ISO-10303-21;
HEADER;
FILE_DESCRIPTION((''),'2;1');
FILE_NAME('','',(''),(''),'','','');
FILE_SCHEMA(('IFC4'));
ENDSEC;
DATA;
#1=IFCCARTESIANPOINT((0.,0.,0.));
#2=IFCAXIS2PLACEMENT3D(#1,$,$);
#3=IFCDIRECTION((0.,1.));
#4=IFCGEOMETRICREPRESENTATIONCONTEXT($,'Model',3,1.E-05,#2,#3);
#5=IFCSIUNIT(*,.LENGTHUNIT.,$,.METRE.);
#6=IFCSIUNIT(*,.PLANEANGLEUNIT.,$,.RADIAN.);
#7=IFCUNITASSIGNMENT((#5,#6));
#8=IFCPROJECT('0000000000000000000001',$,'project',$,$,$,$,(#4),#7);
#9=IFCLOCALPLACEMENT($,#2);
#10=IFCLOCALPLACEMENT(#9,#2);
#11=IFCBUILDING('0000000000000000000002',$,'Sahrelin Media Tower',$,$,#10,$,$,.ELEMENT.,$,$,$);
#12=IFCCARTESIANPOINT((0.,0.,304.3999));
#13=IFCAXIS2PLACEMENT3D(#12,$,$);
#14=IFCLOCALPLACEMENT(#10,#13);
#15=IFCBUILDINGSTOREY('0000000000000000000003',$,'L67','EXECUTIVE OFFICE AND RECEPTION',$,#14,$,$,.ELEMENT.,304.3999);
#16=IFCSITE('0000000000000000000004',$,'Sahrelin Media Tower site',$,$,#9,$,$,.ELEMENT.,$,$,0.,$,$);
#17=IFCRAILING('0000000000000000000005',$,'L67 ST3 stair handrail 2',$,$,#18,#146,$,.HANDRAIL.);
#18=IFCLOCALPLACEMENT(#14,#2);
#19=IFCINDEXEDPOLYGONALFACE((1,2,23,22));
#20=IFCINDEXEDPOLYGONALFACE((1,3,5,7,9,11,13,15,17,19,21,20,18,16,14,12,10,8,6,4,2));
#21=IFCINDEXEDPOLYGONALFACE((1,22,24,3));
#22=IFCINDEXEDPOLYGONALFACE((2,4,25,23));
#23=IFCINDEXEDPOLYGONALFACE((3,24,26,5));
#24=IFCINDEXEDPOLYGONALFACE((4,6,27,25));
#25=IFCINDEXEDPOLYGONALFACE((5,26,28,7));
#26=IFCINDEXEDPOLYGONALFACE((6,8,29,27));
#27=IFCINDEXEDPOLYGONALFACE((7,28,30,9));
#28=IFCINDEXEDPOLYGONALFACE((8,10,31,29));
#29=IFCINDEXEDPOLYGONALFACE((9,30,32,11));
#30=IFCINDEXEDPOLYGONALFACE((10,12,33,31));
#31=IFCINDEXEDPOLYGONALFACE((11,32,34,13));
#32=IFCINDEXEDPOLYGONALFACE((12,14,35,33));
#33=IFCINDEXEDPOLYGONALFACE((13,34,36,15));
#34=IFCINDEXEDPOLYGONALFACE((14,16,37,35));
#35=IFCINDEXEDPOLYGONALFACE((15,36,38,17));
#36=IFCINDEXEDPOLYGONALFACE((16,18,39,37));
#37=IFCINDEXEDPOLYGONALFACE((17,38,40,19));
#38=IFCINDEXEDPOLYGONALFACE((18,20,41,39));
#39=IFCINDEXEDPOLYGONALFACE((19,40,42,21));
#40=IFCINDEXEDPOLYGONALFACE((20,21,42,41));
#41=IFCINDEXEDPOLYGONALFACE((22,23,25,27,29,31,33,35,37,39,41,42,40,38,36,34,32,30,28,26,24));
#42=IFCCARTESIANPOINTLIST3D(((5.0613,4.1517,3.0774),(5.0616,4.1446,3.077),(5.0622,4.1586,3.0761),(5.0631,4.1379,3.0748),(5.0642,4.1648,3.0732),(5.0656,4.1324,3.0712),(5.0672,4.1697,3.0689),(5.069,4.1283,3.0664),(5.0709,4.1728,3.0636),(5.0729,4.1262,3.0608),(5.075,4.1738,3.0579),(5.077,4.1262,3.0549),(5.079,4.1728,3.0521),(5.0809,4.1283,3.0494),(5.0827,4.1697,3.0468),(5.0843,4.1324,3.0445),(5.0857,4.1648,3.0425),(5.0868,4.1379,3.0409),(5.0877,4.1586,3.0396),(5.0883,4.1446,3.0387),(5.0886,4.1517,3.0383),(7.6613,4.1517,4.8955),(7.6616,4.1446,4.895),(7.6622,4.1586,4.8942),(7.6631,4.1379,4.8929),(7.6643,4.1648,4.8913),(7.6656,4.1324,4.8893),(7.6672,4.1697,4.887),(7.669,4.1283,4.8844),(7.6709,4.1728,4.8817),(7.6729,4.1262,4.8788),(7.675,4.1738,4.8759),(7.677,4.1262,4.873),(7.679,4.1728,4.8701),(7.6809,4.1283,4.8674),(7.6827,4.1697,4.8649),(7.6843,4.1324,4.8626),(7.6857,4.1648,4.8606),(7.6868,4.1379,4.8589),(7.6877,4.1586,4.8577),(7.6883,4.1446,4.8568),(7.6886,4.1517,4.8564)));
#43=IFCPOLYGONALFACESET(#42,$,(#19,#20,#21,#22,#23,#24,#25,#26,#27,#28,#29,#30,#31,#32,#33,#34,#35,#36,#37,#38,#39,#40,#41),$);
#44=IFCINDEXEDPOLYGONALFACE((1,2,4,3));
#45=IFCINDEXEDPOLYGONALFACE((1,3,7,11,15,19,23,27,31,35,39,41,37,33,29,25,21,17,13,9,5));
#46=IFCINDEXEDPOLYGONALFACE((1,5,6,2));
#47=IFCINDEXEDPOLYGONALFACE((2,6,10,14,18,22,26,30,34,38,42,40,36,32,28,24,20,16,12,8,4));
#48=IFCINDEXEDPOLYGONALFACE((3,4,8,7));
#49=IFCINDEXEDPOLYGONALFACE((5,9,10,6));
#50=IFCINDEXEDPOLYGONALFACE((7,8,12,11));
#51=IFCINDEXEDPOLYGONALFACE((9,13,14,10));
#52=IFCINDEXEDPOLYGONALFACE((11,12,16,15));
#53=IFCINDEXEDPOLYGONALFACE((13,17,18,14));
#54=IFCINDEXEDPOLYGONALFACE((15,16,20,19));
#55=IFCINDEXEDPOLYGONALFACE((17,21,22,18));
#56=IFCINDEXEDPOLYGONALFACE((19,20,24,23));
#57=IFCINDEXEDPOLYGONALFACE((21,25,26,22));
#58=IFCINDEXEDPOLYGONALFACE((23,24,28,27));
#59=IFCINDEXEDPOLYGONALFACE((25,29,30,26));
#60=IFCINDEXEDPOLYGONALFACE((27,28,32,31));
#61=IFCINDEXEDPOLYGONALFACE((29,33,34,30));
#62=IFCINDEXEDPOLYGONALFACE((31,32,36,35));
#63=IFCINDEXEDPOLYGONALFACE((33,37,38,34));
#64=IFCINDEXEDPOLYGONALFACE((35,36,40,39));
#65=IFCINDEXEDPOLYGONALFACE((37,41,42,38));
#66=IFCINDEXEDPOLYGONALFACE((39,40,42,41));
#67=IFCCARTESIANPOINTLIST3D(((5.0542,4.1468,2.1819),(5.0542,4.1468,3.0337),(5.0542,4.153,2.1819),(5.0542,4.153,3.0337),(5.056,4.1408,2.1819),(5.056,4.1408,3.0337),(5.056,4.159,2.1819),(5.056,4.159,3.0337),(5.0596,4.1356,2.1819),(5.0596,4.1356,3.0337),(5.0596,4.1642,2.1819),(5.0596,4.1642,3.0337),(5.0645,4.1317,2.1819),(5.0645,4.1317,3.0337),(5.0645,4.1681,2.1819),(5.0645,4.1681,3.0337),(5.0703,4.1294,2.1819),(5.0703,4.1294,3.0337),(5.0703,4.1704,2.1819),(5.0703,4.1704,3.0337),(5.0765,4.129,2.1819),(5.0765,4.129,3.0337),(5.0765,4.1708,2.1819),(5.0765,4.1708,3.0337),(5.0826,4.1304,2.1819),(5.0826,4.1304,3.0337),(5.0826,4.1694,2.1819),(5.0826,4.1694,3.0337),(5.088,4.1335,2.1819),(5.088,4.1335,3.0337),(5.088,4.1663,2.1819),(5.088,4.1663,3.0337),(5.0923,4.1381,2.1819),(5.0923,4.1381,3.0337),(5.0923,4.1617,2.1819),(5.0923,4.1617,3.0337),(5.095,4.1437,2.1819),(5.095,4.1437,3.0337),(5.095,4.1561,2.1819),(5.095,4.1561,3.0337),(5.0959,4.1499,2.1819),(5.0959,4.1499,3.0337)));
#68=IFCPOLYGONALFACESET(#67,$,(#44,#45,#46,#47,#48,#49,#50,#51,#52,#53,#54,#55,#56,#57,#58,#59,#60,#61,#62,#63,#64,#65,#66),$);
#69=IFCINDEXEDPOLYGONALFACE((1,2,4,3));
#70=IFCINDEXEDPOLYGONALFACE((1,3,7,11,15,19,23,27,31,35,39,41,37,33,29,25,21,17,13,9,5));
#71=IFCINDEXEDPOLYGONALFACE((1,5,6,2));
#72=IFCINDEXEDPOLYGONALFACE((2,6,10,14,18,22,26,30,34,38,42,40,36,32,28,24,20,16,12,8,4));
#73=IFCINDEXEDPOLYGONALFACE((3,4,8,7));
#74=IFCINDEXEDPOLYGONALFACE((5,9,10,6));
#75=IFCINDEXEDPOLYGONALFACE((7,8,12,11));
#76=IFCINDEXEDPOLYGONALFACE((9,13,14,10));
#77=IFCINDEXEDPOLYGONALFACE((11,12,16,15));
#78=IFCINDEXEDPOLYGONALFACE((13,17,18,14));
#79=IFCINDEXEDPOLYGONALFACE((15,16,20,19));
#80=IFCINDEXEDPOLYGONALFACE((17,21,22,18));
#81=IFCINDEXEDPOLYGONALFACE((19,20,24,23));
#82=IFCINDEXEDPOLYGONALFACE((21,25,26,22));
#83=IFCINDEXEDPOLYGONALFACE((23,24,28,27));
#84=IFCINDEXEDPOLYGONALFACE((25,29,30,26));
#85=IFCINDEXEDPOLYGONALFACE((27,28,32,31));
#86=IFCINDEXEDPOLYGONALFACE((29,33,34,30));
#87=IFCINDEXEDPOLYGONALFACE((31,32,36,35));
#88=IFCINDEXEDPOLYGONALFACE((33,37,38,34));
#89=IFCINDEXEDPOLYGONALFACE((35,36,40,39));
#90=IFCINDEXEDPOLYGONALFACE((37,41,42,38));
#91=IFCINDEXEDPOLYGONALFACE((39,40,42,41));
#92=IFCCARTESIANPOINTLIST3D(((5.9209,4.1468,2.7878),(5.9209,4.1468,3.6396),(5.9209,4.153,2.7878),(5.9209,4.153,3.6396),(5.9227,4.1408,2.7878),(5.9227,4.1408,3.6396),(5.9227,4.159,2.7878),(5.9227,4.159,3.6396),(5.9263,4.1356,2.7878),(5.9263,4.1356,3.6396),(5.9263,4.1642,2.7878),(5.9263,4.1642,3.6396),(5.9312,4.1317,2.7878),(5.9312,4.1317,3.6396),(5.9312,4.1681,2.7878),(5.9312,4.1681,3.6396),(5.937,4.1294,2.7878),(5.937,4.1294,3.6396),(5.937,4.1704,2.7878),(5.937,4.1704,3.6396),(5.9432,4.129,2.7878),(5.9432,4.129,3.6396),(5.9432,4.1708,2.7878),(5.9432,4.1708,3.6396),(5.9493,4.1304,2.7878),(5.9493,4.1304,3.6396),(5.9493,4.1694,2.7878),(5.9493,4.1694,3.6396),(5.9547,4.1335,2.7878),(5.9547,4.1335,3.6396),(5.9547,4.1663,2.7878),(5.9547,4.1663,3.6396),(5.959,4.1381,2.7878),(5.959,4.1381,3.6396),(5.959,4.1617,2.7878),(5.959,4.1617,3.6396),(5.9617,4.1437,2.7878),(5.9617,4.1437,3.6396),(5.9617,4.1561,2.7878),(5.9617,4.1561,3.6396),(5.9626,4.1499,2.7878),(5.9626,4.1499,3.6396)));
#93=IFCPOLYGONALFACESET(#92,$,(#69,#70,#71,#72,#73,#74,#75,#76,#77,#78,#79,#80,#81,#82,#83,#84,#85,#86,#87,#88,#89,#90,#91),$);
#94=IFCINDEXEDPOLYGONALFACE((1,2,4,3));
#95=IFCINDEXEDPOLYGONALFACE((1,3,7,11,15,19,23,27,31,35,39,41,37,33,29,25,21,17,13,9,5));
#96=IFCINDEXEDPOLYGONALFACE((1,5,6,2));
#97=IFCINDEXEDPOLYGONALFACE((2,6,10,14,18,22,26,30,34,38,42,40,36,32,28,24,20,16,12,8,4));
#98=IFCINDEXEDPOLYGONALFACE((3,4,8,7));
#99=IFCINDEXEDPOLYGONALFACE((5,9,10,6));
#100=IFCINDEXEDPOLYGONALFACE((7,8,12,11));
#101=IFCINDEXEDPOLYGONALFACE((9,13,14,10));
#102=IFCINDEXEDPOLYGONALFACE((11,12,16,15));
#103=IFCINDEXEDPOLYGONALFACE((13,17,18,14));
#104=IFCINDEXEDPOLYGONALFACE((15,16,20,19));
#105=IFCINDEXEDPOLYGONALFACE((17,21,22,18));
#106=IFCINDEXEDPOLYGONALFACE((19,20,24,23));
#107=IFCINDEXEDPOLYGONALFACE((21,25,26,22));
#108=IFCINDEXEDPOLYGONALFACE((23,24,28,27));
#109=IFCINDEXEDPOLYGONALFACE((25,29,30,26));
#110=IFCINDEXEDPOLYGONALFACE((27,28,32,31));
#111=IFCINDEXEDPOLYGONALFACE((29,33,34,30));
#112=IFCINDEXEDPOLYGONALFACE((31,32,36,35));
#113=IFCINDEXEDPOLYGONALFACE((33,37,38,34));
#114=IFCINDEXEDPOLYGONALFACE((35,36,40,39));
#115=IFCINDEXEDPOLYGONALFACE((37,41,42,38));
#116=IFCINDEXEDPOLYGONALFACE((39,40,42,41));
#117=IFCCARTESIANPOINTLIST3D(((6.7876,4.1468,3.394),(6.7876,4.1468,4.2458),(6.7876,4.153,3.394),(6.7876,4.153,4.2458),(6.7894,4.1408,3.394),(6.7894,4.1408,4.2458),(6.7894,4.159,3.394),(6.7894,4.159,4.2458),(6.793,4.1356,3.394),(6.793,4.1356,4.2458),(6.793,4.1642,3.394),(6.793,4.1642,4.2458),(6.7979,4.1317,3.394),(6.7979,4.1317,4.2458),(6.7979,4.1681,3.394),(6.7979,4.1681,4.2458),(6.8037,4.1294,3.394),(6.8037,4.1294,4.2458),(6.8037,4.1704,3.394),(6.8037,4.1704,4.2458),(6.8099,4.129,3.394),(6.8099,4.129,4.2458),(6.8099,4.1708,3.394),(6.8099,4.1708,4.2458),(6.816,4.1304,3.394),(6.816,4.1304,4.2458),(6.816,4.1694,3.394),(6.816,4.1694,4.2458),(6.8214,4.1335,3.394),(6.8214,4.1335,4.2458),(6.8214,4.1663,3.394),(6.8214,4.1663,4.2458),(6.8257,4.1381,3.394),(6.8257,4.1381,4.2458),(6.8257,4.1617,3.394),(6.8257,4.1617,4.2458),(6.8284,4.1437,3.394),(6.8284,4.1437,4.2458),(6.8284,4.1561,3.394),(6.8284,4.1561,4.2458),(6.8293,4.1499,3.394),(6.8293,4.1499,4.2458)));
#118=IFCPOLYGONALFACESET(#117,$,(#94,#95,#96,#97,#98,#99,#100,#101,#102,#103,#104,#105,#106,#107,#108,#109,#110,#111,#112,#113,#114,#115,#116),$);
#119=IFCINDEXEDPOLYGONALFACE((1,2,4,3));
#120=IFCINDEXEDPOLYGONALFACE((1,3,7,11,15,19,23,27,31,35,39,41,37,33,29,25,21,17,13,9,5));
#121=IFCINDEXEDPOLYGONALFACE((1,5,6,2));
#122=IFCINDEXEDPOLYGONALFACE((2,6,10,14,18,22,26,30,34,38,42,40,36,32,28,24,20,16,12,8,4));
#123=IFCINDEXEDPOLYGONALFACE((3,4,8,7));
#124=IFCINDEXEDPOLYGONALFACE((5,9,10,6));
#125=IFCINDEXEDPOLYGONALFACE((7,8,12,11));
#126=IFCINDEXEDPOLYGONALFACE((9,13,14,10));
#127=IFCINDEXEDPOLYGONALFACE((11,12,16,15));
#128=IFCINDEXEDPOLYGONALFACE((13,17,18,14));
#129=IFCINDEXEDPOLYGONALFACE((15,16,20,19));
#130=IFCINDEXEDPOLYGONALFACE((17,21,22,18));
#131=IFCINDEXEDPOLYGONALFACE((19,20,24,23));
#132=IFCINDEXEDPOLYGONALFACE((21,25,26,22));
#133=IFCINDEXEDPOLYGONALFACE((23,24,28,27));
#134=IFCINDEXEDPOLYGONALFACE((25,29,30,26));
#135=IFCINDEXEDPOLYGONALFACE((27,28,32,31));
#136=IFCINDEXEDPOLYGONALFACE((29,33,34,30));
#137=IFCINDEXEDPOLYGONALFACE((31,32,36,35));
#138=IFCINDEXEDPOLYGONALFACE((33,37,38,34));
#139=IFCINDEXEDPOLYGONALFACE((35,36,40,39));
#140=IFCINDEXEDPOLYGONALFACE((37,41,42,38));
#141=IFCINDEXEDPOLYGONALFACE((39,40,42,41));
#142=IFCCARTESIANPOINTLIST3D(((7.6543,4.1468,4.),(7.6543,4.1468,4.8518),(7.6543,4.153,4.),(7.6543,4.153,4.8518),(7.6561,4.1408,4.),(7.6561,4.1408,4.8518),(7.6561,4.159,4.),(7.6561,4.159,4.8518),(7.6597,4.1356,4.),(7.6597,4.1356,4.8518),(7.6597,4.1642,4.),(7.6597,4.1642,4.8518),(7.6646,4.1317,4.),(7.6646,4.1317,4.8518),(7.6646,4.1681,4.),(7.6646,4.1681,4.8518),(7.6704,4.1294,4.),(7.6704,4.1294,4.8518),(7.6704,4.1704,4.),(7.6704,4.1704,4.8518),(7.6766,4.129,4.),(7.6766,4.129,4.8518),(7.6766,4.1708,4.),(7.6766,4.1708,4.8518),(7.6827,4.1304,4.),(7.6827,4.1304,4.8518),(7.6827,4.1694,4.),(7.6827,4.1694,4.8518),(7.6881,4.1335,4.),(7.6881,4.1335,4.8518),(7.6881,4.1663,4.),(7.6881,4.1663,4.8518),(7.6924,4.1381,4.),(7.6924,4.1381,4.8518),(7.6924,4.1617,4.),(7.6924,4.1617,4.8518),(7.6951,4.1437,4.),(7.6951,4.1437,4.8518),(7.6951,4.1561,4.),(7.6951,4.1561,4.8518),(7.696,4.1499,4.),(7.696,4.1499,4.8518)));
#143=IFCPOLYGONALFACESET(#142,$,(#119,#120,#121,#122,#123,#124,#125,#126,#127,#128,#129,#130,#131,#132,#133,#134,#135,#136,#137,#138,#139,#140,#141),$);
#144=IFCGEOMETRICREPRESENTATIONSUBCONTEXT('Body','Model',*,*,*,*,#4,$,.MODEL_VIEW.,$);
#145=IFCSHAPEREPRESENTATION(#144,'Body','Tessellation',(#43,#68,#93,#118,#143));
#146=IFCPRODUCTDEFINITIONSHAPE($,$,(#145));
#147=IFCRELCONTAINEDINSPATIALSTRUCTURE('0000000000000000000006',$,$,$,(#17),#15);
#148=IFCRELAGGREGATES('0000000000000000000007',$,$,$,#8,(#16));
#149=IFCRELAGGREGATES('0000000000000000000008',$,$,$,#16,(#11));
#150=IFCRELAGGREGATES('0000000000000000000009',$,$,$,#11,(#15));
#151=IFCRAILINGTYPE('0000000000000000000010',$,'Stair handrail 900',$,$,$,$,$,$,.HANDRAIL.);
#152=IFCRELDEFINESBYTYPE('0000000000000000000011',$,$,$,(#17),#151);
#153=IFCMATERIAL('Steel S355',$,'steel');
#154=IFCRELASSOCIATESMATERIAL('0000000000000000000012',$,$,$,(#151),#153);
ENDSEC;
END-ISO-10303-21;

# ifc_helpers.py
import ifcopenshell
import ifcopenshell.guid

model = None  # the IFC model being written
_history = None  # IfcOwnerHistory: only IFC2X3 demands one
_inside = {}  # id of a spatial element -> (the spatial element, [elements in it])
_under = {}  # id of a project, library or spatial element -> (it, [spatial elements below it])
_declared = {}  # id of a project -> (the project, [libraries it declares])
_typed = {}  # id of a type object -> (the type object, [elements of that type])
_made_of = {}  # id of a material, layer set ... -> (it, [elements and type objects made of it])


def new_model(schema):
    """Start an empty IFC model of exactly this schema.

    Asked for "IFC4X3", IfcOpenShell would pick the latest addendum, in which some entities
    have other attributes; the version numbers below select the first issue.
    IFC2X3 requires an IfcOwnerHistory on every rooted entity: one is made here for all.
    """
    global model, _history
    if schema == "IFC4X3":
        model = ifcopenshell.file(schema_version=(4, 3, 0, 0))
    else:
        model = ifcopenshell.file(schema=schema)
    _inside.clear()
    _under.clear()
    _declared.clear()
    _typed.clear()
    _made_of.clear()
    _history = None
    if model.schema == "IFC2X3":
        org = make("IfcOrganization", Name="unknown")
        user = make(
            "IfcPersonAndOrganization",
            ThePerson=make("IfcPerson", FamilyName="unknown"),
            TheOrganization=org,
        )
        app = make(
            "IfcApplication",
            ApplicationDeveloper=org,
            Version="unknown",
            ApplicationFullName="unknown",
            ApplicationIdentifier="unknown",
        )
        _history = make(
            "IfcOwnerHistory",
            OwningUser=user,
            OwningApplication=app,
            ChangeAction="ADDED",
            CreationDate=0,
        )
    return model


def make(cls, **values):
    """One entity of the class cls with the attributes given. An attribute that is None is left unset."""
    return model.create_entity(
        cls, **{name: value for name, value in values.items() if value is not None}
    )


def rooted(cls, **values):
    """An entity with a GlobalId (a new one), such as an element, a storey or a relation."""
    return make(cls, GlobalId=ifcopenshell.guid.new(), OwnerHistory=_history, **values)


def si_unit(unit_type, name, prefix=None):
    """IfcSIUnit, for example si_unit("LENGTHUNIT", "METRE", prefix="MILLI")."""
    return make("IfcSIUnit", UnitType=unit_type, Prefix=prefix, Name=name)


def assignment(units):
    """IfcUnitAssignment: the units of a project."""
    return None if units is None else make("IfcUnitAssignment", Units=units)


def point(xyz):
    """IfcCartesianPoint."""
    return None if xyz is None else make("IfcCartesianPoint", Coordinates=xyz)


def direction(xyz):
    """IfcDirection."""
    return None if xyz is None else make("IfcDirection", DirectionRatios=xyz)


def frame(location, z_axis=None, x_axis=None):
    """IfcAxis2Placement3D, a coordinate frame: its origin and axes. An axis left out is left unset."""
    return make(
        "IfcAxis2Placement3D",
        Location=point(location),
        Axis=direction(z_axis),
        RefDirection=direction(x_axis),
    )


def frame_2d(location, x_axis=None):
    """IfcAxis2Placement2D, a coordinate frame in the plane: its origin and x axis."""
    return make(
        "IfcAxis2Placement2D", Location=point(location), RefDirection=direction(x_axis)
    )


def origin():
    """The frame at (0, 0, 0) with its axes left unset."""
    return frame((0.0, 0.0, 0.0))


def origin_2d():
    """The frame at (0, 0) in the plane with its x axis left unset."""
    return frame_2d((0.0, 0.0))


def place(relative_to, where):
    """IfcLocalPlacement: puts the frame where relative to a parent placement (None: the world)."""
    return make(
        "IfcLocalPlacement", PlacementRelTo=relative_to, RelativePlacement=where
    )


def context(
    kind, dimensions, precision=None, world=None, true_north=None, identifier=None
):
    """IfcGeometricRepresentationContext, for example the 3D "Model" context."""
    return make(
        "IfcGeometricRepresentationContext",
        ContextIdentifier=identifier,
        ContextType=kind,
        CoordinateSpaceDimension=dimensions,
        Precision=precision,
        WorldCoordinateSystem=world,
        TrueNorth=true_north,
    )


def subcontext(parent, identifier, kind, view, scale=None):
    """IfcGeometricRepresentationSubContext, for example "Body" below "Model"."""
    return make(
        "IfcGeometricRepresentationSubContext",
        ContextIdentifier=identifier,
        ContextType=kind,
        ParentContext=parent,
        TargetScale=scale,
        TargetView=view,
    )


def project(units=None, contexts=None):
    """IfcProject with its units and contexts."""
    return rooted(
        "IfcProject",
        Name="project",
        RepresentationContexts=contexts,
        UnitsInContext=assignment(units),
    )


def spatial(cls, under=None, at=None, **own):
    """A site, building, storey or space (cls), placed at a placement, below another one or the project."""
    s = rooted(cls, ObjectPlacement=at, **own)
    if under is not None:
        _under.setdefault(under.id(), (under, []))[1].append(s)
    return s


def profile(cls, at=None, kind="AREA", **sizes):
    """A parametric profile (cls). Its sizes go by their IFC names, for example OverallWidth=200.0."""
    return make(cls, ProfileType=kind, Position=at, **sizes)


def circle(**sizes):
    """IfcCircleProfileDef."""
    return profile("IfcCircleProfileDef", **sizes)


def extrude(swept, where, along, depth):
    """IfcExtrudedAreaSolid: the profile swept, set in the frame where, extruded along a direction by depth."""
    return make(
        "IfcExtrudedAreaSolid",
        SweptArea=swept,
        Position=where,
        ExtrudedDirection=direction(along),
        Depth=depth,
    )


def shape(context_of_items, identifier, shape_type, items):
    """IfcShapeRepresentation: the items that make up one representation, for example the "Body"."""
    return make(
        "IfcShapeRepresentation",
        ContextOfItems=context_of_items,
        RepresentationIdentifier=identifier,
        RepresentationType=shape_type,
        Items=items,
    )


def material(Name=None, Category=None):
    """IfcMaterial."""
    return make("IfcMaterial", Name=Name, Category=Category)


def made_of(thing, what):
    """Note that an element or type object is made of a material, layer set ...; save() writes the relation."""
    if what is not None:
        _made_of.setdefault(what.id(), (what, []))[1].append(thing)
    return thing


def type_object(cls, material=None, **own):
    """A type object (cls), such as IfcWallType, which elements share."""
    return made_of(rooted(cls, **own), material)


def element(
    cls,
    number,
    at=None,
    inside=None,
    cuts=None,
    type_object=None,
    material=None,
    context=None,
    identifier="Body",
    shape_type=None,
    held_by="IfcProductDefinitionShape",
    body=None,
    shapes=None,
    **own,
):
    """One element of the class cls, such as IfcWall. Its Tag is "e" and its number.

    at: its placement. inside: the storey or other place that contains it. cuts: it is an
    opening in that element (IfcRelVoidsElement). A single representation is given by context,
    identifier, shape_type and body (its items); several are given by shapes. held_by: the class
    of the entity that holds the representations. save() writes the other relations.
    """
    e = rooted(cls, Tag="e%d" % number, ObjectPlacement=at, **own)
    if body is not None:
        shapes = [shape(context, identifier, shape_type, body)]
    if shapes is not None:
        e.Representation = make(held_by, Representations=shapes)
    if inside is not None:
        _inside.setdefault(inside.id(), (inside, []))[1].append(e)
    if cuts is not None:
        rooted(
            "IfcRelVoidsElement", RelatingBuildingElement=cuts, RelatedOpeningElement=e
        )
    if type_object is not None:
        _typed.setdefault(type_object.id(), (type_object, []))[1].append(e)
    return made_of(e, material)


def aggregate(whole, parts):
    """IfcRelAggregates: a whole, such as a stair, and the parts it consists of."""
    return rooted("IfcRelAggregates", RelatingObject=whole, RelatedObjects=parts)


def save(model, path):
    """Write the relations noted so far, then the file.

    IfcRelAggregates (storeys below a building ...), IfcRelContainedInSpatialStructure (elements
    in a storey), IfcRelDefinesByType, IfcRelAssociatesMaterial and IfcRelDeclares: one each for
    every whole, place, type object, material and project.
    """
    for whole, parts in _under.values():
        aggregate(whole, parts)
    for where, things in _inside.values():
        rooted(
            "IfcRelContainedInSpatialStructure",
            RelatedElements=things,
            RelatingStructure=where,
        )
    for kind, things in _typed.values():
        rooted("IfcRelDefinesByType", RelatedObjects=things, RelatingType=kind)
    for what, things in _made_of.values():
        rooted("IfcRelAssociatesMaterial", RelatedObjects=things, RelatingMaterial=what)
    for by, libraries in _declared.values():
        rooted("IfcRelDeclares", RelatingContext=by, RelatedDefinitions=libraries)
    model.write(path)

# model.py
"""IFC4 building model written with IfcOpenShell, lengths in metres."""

from ifc_helpers import new_model, si_unit, direction, frame, origin, origin_2d, place, context, subcontext, project, spatial, circle, extrude, material, type_object, element, save


model = new_model("IFC4")

# Units and contexts
model_context = context("Model", 3, precision=1e-05, world=origin(), true_north=direction((0.0, 1.0)))
body_context = subcontext(model_context, "Body", "Model", "MODEL_VIEW")
ifc_project = project(units=[si_unit("LENGTHUNIT", "METRE"), si_unit("PLANEANGLEUNIT", "RADIAN")], contexts=[model_context])

# Site, building, storey
site_placement = place(None, origin())
site = spatial("IfcSite", under=ifc_project, at=site_placement, Name="Sahrelin Media Tower site", CompositionType="ELEMENT", RefElevation=0.0)
building_placement = place(site_placement, origin())
building = spatial("IfcBuilding", under=site, at=building_placement, Name="Sahrelin Media Tower", CompositionType="ELEMENT")
storey_placement = place(building_placement, frame((0.0, 0.0, 304.3999)))
storey = spatial("IfcBuildingStorey", under=building, at=storey_placement, Name="L67", Description="EXECUTIVE OFFICE AND RECEPTION", CompositionType="ELEMENT", Elevation=304.3999)

# Shared definitions
ifc_material_1 = material(Name="Steel S355", Category="steel")

# Railing
railing_type_1 = type_object("IfcRailingType", Name="Stair handrail 900", PredefinedType="HANDRAIL", material=ifc_material_1)
railing_1_placement = place(storey_placement, frame((5.075, 4.1499, 2.1819)))
element("IfcRailing", 1, at=railing_1_placement, inside=storey, type_object=railing_type_1, Name="L67 ST3 stair handrail 2", PredefinedType="HANDRAIL", context=body_context, shape_type="SweptSolid", body=[
    extrude(circle(Radius=0.0239, at=origin_2d()), frame((0.0, 0.0, 0.876), z_axis=(0.819521, 0.0, 0.573049), x_axis=(0.0, 1.0, 0.0)), (0.0, 0.0, 1.0), 3.1726),
    extrude(circle(Radius=0.021, at=origin_2d()), origin(), (0.0, 0.0, 1.0), 0.8518),
    extrude(circle(Radius=0.021, at=origin_2d()), frame((0.8667, 0.0, 0.606)), (0.0, 0.0, 1.0), 0.8518),
    extrude(circle(Radius=0.021, at=origin_2d()), frame((1.7334, 0.0, 1.2122)), (0.0, 0.0, 1.0), 0.8518),
    extrude(circle(Radius=0.021, at=origin_2d()), frame((2.6001, 0.0, 1.8181)), (0.0, 0.0, 1.0), 0.8518),
])

save(model, "model.ifc")
